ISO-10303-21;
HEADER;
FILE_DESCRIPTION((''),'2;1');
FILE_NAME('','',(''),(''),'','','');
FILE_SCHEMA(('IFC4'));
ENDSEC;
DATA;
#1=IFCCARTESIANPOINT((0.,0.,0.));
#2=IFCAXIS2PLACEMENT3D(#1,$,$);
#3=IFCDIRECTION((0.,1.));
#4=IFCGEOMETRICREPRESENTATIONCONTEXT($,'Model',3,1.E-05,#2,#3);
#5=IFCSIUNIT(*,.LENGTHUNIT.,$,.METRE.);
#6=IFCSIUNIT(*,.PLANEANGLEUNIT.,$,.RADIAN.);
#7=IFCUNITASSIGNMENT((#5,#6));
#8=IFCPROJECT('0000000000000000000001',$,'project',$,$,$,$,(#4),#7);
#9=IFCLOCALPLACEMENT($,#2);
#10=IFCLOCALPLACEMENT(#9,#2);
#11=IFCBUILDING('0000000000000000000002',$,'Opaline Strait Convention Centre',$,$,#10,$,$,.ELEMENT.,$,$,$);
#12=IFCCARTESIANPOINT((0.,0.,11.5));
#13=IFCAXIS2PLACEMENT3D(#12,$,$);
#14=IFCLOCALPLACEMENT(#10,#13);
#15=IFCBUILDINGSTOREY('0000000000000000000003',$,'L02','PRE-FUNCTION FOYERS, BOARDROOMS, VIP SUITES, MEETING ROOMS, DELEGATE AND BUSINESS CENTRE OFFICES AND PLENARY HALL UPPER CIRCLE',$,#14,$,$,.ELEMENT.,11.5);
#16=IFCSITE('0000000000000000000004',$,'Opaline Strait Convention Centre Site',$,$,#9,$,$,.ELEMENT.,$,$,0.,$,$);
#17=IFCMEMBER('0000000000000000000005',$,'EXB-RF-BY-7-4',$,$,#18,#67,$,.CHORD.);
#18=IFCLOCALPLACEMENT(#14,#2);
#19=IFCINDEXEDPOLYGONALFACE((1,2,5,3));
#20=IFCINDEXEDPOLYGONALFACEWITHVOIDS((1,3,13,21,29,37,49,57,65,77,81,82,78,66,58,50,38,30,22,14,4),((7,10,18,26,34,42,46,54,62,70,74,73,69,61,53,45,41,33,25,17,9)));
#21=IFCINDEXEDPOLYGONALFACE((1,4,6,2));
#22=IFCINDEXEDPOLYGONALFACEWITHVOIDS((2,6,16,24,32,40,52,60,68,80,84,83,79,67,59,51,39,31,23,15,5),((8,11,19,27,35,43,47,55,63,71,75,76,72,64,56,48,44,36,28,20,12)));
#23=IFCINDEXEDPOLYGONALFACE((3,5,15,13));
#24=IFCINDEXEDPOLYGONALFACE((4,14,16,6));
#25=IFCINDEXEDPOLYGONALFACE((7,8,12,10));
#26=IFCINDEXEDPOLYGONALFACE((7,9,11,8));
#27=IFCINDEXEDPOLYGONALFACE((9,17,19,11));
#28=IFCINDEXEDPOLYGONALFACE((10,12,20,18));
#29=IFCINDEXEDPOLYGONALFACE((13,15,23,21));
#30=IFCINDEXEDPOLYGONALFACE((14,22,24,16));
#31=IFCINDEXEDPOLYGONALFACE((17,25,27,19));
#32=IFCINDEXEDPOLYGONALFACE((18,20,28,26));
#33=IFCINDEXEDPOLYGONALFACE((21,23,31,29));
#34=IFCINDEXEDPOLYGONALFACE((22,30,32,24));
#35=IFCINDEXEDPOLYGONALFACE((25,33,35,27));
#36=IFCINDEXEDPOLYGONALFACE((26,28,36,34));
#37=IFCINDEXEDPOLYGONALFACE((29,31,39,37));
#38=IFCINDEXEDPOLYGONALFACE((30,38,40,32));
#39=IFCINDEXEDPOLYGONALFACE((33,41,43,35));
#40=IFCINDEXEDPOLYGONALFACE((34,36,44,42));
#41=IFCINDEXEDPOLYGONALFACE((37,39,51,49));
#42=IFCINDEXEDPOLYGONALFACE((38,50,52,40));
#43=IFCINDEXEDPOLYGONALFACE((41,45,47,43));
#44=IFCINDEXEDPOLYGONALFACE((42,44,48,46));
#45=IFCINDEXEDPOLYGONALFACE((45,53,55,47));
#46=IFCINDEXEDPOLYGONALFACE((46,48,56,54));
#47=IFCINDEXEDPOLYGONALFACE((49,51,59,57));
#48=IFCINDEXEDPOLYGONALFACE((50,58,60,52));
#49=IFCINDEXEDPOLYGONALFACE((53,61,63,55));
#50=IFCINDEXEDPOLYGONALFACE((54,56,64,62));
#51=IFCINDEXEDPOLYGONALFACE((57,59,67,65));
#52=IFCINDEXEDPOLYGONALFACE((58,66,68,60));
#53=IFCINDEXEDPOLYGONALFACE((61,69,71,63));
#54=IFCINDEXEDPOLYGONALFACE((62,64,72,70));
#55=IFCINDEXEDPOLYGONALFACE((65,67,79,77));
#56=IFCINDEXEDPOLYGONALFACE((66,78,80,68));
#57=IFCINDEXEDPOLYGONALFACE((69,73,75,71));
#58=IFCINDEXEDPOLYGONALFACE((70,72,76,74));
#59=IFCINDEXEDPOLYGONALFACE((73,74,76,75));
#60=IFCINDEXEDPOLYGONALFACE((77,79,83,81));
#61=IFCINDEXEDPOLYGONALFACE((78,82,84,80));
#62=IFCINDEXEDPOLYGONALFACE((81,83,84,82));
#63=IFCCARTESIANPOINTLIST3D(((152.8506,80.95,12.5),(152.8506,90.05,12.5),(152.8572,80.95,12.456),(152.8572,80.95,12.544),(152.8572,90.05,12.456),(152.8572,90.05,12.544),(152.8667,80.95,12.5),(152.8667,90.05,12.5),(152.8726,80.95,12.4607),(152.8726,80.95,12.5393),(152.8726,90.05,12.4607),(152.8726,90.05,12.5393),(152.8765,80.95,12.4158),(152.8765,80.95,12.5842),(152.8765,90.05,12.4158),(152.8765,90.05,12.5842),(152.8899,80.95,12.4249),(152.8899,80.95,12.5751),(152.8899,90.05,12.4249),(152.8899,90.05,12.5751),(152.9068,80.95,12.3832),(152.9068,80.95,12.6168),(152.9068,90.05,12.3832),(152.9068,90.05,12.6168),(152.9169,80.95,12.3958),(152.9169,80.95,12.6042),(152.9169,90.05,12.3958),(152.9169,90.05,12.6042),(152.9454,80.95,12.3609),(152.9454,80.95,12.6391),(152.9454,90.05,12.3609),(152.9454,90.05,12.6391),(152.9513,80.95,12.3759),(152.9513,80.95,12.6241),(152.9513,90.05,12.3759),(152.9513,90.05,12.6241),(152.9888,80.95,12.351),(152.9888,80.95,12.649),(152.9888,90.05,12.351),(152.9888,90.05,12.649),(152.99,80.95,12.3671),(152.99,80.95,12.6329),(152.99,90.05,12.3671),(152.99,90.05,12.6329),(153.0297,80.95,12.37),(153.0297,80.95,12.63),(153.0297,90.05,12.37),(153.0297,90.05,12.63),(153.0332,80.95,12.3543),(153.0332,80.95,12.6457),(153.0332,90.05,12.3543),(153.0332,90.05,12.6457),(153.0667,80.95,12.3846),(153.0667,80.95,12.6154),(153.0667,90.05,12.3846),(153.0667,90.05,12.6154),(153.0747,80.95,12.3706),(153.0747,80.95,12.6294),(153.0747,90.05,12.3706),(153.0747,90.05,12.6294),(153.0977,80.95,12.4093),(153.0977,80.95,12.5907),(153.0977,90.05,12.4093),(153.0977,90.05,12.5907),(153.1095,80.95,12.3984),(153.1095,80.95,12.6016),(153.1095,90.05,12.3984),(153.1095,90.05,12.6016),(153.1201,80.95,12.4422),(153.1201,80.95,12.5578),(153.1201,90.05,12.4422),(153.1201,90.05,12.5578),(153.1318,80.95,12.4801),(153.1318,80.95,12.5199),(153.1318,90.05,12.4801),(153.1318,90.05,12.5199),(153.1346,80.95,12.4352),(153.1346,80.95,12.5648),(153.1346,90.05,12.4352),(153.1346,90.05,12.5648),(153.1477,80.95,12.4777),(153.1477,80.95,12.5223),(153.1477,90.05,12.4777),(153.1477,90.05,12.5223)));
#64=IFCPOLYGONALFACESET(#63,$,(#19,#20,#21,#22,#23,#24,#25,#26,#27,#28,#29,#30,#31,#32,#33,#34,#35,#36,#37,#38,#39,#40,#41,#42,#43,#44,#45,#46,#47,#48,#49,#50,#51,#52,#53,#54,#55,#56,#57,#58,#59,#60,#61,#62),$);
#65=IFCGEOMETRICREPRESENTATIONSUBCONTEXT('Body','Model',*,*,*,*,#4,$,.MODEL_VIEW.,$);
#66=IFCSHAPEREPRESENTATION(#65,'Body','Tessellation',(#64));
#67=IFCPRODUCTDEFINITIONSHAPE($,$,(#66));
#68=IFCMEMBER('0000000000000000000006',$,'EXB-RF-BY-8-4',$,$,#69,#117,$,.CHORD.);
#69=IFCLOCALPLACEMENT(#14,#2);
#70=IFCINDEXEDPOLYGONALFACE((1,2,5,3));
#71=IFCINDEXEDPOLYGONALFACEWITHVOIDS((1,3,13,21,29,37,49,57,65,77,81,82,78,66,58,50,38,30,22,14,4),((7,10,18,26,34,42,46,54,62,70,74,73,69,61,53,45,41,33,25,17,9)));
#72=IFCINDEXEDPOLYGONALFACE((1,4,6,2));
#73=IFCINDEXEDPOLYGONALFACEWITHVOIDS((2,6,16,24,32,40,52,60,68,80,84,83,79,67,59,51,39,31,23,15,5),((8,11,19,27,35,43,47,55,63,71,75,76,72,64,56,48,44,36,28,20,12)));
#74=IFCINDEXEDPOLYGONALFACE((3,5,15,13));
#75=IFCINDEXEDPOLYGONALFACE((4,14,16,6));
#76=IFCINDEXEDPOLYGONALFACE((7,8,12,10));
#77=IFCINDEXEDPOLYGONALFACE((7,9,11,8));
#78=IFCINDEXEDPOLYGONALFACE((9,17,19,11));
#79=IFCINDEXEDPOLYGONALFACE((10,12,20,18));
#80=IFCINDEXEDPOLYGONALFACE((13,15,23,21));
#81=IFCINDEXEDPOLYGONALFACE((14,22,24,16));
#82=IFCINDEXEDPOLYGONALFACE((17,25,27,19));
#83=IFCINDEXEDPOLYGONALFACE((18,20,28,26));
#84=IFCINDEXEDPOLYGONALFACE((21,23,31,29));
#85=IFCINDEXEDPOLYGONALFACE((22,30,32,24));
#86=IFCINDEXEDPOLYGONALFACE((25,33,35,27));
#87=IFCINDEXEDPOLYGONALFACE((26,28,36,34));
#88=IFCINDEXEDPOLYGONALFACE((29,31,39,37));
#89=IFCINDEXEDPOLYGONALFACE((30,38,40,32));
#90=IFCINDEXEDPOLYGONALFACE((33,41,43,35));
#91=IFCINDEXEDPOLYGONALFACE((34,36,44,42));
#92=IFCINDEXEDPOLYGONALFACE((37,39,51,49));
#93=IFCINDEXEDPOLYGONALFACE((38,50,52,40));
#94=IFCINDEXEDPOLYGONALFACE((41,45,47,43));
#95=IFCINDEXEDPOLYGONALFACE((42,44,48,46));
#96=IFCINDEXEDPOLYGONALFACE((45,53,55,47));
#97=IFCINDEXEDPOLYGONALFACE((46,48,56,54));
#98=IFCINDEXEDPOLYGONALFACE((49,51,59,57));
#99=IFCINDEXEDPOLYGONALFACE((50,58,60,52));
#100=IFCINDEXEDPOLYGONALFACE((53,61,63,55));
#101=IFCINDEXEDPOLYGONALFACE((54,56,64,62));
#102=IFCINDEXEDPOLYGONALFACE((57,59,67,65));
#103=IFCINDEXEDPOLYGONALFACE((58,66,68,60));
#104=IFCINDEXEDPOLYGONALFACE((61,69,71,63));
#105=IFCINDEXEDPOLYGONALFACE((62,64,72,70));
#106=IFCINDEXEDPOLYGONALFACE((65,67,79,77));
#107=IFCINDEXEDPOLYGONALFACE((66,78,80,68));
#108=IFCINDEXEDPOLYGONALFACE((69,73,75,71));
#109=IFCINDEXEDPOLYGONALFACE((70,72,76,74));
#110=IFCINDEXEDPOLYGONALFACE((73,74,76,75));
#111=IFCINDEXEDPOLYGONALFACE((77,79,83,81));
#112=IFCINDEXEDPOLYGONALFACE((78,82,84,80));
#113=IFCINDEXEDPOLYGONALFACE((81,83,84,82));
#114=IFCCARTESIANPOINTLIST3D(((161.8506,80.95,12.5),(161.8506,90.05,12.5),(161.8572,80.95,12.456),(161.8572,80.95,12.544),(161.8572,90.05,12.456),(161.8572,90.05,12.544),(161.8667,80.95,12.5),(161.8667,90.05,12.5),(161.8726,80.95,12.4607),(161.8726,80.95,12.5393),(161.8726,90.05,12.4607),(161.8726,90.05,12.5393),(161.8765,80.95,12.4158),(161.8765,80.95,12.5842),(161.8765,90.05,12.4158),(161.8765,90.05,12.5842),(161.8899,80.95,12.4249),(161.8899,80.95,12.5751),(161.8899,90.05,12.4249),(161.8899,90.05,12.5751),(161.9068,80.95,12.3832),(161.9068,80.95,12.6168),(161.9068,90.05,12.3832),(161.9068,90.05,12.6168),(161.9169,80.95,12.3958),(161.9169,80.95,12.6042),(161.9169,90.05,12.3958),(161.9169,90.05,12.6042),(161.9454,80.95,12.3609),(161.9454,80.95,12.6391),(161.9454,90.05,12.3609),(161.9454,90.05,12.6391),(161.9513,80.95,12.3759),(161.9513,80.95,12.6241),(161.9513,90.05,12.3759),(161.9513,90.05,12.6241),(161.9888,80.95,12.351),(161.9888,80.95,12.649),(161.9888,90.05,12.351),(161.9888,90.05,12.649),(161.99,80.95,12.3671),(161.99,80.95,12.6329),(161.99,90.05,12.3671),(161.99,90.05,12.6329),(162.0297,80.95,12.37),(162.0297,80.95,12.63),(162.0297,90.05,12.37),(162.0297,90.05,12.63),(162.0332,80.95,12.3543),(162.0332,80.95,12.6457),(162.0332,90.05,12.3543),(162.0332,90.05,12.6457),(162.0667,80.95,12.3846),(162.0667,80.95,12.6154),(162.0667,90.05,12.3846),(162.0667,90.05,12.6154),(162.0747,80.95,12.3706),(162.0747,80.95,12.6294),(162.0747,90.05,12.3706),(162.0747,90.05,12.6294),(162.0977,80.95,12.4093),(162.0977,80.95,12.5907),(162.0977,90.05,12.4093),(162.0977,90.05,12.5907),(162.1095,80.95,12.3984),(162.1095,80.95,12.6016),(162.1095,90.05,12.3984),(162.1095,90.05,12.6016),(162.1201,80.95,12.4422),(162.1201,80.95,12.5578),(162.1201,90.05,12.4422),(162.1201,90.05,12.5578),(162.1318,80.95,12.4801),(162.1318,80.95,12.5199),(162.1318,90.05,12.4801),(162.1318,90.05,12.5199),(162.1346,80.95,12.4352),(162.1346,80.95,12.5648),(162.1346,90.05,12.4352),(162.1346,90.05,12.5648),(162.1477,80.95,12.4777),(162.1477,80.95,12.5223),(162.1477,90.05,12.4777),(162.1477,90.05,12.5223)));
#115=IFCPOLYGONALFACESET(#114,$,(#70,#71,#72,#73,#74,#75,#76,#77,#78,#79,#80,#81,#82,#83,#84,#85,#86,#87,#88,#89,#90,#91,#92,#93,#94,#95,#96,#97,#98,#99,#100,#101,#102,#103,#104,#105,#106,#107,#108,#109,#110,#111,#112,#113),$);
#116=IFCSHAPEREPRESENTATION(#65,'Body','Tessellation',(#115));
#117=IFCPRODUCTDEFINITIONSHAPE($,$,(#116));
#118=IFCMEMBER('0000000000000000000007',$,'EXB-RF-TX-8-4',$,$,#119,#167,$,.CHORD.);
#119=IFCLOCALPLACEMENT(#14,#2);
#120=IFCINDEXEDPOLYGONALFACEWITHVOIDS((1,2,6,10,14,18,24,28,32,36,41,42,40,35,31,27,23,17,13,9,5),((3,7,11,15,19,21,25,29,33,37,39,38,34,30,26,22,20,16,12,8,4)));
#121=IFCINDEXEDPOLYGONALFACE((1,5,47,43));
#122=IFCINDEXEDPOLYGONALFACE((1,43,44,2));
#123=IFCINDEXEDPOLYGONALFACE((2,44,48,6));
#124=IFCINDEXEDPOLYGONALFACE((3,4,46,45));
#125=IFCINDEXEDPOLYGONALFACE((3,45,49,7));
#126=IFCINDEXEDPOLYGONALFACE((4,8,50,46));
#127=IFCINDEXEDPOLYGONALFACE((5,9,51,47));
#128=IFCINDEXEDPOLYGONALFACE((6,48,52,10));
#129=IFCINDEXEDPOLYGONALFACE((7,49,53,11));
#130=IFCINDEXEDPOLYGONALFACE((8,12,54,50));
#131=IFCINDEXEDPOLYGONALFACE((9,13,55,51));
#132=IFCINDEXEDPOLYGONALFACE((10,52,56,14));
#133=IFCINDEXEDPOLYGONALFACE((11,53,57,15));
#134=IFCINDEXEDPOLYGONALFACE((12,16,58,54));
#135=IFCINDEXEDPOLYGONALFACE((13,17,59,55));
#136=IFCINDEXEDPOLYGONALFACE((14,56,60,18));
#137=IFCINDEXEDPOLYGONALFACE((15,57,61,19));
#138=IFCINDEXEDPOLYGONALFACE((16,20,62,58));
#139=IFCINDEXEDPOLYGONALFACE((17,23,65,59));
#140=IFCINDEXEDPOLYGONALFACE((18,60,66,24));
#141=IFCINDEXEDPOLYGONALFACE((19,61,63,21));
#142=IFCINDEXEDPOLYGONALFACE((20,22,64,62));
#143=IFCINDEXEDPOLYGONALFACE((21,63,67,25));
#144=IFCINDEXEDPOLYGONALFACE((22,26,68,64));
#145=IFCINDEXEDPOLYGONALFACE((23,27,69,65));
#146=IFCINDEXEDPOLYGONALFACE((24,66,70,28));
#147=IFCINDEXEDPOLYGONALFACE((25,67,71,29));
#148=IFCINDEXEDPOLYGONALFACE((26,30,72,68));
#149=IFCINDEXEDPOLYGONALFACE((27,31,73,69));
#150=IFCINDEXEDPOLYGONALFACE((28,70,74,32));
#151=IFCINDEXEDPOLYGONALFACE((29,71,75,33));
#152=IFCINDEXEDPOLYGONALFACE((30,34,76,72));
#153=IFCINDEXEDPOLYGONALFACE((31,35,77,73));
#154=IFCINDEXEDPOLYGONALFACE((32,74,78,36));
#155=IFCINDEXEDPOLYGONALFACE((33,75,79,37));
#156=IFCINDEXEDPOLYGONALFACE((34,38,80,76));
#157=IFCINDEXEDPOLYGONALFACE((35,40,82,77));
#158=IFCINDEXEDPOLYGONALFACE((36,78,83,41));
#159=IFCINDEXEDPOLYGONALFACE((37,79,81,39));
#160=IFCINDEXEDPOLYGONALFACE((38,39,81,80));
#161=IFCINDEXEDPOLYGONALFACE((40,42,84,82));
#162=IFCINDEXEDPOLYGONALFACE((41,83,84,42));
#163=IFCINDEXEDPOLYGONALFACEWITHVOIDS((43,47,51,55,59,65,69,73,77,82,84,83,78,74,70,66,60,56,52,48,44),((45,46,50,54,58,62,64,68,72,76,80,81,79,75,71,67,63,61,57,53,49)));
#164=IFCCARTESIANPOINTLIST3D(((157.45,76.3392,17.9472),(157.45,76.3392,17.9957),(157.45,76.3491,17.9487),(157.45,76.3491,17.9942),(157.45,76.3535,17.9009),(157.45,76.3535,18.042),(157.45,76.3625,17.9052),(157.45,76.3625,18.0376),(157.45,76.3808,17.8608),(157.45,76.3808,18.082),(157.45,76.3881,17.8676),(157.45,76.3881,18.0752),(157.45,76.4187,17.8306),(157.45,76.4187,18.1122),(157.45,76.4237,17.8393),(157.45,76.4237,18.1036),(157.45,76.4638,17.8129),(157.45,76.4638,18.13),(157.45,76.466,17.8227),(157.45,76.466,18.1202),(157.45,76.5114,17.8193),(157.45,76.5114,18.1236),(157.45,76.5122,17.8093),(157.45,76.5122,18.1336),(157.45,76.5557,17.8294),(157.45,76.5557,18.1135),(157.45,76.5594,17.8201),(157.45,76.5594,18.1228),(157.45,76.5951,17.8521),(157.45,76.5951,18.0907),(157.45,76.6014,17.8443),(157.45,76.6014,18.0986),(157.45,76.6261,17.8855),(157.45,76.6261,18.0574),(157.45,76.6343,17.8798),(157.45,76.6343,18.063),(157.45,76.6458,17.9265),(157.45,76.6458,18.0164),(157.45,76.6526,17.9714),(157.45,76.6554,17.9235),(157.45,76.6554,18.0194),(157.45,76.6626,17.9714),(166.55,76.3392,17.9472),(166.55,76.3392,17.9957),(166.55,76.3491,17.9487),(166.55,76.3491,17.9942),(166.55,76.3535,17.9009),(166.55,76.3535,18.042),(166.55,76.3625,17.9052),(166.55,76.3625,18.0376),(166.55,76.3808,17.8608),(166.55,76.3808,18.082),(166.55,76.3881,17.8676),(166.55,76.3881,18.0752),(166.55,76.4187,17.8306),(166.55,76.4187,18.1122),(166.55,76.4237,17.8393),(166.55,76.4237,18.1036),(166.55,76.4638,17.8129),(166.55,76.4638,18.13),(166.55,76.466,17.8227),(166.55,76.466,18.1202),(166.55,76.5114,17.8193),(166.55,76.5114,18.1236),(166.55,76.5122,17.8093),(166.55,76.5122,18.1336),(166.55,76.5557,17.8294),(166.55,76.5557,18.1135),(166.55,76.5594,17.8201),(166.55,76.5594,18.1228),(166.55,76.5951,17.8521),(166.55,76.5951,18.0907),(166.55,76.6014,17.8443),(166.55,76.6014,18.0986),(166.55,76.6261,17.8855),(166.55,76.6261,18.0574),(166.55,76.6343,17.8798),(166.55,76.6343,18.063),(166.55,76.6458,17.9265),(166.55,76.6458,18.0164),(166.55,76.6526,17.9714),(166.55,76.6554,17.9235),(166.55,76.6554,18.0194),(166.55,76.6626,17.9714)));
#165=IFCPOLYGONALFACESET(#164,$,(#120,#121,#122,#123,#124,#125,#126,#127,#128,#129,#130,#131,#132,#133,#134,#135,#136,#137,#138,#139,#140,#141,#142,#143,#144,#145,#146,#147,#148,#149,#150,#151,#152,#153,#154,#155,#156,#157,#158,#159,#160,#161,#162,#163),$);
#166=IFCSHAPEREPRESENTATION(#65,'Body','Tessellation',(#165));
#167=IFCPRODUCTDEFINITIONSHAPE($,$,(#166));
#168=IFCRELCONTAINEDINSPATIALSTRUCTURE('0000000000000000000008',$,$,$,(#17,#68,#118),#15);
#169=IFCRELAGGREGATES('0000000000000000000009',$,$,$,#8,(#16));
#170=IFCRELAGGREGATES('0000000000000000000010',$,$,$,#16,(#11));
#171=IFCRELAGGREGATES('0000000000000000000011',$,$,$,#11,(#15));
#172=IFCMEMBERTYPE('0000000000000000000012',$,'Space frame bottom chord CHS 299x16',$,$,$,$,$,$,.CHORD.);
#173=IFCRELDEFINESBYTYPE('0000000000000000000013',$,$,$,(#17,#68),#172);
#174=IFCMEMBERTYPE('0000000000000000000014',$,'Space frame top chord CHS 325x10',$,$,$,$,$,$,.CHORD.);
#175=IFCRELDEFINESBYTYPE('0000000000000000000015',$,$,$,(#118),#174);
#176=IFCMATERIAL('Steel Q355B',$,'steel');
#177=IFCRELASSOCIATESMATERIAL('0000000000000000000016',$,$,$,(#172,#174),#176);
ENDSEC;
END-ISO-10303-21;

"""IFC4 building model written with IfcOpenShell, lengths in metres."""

from ifc_helpers import new_model, si_unit, direction, frame, origin, origin_2d, place, context, subcontext, project, spatial, hollow_circle, extrude, material, material_profile, profile_set, type_object, element, save


model = new_model("IFC4")

# Units and contexts
model_context = context("Model", 3, precision=1e-05, world=origin(), true_north=direction((0.0, 1.0)))
body_context = subcontext(model_context, "Body", "Model", "MODEL_VIEW")
ifc_project = project(units=[si_unit("LENGTHUNIT", "METRE"), si_unit("PLANEANGLEUNIT", "RADIAN")], contexts=[model_context])

# Site, building, storey
site_placement = place(None, origin())
site = spatial("IfcSite", under=ifc_project, at=site_placement, Name="Opaline Strait Convention Centre Site", CompositionType="ELEMENT", RefElevation=0.0)
building_placement = place(site_placement, origin())
building = spatial("IfcBuilding", under=site, at=building_placement, Name="Opaline Strait Convention Centre", CompositionType="ELEMENT")
storey_placement = place(building_placement, frame((0.0, 0.0, 11.5)))
storey = spatial("IfcBuildingStorey", under=building, at=storey_placement, Name="L02", Description="PRE-FUNCTION FOYERS, BOARDROOMS, VIP SUITES, MEETING ROOMS, DELEGATE AND BUSINESS CENTRE OFFICES AND PLENARY HALL UPPER CIRCLE", CompositionType="ELEMENT", Elevation=11.5)

# Members
ifc_material_1 = material(Name="Steel Q355B", Category="steel")
ifc_material_profile_1 = material_profile(ifc_material_1, hollow_circle(Radius=0.1494, WallThickness=0.0161, at=origin_2d()), Name="CHS 299x16")
ifc_profile_set_1 = profile_set([ifc_material_profile_1], Name="Steel Q355B")
member_type_1 = type_object("IfcMemberType", Name="Space frame bottom chord CHS 299x16", PredefinedType="CHORD", material=ifc_profile_set_1)
for number, where, z_axis, x_axis, name in (
    (1, (153.0, 80.95, 12.5), (0.0, 1.0, 0.0), (-1.0, 0.0, 0.0), "EXB-RF-BY-7-4"),
    (2, (162.0, 80.95, 12.5), (0.0, 1.0, 0.0), (-1.0, 0.0, 0.0), "EXB-RF-BY-8-4"),
):
    element("IfcMember", number, at=place(storey_placement, frame(where, z_axis=z_axis, x_axis=x_axis)), inside=storey, type_object=member_type_1, Name=name, PredefinedType="CHORD", context=body_context, shape_type="SweptSolid", body=[
        extrude(hollow_circle(Radius=0.1494, WallThickness=0.0161, at=origin_2d()), origin(), (0.0, 0.0, 1.0), 9.1001),
    ])
ifc_material_profile_2 = material_profile(ifc_material_1, hollow_circle(Radius=0.1626, WallThickness=0.01, at=origin_2d()), Name="CHS 325x10")
ifc_profile_set_2 = profile_set([ifc_material_profile_2], Name="Steel Q355B")
member_type_2 = type_object("IfcMemberType", Name="Space frame top chord CHS 325x10", PredefinedType="CHORD", material=ifc_profile_set_2)
for number, where, z_axis, x_axis, name in (
    (3, (157.45, 76.5, 17.9714), (1.0, 0.0, 0.0), (0.0, 1.0, 0.0), "EXB-RF-TX-8-4"),
):
    element("IfcMember", number, at=place(storey_placement, frame(where, z_axis=z_axis, x_axis=x_axis)), inside=storey, type_object=member_type_2, Name=name, PredefinedType="CHORD", context=body_context, shape_type="SweptSolid", body=[
        extrude(hollow_circle(Radius=0.1626, WallThickness=0.01, at=origin_2d()), origin(), (0.0, 0.0, 1.0), 9.1001),
    ])

save(model, "model.ifc")
